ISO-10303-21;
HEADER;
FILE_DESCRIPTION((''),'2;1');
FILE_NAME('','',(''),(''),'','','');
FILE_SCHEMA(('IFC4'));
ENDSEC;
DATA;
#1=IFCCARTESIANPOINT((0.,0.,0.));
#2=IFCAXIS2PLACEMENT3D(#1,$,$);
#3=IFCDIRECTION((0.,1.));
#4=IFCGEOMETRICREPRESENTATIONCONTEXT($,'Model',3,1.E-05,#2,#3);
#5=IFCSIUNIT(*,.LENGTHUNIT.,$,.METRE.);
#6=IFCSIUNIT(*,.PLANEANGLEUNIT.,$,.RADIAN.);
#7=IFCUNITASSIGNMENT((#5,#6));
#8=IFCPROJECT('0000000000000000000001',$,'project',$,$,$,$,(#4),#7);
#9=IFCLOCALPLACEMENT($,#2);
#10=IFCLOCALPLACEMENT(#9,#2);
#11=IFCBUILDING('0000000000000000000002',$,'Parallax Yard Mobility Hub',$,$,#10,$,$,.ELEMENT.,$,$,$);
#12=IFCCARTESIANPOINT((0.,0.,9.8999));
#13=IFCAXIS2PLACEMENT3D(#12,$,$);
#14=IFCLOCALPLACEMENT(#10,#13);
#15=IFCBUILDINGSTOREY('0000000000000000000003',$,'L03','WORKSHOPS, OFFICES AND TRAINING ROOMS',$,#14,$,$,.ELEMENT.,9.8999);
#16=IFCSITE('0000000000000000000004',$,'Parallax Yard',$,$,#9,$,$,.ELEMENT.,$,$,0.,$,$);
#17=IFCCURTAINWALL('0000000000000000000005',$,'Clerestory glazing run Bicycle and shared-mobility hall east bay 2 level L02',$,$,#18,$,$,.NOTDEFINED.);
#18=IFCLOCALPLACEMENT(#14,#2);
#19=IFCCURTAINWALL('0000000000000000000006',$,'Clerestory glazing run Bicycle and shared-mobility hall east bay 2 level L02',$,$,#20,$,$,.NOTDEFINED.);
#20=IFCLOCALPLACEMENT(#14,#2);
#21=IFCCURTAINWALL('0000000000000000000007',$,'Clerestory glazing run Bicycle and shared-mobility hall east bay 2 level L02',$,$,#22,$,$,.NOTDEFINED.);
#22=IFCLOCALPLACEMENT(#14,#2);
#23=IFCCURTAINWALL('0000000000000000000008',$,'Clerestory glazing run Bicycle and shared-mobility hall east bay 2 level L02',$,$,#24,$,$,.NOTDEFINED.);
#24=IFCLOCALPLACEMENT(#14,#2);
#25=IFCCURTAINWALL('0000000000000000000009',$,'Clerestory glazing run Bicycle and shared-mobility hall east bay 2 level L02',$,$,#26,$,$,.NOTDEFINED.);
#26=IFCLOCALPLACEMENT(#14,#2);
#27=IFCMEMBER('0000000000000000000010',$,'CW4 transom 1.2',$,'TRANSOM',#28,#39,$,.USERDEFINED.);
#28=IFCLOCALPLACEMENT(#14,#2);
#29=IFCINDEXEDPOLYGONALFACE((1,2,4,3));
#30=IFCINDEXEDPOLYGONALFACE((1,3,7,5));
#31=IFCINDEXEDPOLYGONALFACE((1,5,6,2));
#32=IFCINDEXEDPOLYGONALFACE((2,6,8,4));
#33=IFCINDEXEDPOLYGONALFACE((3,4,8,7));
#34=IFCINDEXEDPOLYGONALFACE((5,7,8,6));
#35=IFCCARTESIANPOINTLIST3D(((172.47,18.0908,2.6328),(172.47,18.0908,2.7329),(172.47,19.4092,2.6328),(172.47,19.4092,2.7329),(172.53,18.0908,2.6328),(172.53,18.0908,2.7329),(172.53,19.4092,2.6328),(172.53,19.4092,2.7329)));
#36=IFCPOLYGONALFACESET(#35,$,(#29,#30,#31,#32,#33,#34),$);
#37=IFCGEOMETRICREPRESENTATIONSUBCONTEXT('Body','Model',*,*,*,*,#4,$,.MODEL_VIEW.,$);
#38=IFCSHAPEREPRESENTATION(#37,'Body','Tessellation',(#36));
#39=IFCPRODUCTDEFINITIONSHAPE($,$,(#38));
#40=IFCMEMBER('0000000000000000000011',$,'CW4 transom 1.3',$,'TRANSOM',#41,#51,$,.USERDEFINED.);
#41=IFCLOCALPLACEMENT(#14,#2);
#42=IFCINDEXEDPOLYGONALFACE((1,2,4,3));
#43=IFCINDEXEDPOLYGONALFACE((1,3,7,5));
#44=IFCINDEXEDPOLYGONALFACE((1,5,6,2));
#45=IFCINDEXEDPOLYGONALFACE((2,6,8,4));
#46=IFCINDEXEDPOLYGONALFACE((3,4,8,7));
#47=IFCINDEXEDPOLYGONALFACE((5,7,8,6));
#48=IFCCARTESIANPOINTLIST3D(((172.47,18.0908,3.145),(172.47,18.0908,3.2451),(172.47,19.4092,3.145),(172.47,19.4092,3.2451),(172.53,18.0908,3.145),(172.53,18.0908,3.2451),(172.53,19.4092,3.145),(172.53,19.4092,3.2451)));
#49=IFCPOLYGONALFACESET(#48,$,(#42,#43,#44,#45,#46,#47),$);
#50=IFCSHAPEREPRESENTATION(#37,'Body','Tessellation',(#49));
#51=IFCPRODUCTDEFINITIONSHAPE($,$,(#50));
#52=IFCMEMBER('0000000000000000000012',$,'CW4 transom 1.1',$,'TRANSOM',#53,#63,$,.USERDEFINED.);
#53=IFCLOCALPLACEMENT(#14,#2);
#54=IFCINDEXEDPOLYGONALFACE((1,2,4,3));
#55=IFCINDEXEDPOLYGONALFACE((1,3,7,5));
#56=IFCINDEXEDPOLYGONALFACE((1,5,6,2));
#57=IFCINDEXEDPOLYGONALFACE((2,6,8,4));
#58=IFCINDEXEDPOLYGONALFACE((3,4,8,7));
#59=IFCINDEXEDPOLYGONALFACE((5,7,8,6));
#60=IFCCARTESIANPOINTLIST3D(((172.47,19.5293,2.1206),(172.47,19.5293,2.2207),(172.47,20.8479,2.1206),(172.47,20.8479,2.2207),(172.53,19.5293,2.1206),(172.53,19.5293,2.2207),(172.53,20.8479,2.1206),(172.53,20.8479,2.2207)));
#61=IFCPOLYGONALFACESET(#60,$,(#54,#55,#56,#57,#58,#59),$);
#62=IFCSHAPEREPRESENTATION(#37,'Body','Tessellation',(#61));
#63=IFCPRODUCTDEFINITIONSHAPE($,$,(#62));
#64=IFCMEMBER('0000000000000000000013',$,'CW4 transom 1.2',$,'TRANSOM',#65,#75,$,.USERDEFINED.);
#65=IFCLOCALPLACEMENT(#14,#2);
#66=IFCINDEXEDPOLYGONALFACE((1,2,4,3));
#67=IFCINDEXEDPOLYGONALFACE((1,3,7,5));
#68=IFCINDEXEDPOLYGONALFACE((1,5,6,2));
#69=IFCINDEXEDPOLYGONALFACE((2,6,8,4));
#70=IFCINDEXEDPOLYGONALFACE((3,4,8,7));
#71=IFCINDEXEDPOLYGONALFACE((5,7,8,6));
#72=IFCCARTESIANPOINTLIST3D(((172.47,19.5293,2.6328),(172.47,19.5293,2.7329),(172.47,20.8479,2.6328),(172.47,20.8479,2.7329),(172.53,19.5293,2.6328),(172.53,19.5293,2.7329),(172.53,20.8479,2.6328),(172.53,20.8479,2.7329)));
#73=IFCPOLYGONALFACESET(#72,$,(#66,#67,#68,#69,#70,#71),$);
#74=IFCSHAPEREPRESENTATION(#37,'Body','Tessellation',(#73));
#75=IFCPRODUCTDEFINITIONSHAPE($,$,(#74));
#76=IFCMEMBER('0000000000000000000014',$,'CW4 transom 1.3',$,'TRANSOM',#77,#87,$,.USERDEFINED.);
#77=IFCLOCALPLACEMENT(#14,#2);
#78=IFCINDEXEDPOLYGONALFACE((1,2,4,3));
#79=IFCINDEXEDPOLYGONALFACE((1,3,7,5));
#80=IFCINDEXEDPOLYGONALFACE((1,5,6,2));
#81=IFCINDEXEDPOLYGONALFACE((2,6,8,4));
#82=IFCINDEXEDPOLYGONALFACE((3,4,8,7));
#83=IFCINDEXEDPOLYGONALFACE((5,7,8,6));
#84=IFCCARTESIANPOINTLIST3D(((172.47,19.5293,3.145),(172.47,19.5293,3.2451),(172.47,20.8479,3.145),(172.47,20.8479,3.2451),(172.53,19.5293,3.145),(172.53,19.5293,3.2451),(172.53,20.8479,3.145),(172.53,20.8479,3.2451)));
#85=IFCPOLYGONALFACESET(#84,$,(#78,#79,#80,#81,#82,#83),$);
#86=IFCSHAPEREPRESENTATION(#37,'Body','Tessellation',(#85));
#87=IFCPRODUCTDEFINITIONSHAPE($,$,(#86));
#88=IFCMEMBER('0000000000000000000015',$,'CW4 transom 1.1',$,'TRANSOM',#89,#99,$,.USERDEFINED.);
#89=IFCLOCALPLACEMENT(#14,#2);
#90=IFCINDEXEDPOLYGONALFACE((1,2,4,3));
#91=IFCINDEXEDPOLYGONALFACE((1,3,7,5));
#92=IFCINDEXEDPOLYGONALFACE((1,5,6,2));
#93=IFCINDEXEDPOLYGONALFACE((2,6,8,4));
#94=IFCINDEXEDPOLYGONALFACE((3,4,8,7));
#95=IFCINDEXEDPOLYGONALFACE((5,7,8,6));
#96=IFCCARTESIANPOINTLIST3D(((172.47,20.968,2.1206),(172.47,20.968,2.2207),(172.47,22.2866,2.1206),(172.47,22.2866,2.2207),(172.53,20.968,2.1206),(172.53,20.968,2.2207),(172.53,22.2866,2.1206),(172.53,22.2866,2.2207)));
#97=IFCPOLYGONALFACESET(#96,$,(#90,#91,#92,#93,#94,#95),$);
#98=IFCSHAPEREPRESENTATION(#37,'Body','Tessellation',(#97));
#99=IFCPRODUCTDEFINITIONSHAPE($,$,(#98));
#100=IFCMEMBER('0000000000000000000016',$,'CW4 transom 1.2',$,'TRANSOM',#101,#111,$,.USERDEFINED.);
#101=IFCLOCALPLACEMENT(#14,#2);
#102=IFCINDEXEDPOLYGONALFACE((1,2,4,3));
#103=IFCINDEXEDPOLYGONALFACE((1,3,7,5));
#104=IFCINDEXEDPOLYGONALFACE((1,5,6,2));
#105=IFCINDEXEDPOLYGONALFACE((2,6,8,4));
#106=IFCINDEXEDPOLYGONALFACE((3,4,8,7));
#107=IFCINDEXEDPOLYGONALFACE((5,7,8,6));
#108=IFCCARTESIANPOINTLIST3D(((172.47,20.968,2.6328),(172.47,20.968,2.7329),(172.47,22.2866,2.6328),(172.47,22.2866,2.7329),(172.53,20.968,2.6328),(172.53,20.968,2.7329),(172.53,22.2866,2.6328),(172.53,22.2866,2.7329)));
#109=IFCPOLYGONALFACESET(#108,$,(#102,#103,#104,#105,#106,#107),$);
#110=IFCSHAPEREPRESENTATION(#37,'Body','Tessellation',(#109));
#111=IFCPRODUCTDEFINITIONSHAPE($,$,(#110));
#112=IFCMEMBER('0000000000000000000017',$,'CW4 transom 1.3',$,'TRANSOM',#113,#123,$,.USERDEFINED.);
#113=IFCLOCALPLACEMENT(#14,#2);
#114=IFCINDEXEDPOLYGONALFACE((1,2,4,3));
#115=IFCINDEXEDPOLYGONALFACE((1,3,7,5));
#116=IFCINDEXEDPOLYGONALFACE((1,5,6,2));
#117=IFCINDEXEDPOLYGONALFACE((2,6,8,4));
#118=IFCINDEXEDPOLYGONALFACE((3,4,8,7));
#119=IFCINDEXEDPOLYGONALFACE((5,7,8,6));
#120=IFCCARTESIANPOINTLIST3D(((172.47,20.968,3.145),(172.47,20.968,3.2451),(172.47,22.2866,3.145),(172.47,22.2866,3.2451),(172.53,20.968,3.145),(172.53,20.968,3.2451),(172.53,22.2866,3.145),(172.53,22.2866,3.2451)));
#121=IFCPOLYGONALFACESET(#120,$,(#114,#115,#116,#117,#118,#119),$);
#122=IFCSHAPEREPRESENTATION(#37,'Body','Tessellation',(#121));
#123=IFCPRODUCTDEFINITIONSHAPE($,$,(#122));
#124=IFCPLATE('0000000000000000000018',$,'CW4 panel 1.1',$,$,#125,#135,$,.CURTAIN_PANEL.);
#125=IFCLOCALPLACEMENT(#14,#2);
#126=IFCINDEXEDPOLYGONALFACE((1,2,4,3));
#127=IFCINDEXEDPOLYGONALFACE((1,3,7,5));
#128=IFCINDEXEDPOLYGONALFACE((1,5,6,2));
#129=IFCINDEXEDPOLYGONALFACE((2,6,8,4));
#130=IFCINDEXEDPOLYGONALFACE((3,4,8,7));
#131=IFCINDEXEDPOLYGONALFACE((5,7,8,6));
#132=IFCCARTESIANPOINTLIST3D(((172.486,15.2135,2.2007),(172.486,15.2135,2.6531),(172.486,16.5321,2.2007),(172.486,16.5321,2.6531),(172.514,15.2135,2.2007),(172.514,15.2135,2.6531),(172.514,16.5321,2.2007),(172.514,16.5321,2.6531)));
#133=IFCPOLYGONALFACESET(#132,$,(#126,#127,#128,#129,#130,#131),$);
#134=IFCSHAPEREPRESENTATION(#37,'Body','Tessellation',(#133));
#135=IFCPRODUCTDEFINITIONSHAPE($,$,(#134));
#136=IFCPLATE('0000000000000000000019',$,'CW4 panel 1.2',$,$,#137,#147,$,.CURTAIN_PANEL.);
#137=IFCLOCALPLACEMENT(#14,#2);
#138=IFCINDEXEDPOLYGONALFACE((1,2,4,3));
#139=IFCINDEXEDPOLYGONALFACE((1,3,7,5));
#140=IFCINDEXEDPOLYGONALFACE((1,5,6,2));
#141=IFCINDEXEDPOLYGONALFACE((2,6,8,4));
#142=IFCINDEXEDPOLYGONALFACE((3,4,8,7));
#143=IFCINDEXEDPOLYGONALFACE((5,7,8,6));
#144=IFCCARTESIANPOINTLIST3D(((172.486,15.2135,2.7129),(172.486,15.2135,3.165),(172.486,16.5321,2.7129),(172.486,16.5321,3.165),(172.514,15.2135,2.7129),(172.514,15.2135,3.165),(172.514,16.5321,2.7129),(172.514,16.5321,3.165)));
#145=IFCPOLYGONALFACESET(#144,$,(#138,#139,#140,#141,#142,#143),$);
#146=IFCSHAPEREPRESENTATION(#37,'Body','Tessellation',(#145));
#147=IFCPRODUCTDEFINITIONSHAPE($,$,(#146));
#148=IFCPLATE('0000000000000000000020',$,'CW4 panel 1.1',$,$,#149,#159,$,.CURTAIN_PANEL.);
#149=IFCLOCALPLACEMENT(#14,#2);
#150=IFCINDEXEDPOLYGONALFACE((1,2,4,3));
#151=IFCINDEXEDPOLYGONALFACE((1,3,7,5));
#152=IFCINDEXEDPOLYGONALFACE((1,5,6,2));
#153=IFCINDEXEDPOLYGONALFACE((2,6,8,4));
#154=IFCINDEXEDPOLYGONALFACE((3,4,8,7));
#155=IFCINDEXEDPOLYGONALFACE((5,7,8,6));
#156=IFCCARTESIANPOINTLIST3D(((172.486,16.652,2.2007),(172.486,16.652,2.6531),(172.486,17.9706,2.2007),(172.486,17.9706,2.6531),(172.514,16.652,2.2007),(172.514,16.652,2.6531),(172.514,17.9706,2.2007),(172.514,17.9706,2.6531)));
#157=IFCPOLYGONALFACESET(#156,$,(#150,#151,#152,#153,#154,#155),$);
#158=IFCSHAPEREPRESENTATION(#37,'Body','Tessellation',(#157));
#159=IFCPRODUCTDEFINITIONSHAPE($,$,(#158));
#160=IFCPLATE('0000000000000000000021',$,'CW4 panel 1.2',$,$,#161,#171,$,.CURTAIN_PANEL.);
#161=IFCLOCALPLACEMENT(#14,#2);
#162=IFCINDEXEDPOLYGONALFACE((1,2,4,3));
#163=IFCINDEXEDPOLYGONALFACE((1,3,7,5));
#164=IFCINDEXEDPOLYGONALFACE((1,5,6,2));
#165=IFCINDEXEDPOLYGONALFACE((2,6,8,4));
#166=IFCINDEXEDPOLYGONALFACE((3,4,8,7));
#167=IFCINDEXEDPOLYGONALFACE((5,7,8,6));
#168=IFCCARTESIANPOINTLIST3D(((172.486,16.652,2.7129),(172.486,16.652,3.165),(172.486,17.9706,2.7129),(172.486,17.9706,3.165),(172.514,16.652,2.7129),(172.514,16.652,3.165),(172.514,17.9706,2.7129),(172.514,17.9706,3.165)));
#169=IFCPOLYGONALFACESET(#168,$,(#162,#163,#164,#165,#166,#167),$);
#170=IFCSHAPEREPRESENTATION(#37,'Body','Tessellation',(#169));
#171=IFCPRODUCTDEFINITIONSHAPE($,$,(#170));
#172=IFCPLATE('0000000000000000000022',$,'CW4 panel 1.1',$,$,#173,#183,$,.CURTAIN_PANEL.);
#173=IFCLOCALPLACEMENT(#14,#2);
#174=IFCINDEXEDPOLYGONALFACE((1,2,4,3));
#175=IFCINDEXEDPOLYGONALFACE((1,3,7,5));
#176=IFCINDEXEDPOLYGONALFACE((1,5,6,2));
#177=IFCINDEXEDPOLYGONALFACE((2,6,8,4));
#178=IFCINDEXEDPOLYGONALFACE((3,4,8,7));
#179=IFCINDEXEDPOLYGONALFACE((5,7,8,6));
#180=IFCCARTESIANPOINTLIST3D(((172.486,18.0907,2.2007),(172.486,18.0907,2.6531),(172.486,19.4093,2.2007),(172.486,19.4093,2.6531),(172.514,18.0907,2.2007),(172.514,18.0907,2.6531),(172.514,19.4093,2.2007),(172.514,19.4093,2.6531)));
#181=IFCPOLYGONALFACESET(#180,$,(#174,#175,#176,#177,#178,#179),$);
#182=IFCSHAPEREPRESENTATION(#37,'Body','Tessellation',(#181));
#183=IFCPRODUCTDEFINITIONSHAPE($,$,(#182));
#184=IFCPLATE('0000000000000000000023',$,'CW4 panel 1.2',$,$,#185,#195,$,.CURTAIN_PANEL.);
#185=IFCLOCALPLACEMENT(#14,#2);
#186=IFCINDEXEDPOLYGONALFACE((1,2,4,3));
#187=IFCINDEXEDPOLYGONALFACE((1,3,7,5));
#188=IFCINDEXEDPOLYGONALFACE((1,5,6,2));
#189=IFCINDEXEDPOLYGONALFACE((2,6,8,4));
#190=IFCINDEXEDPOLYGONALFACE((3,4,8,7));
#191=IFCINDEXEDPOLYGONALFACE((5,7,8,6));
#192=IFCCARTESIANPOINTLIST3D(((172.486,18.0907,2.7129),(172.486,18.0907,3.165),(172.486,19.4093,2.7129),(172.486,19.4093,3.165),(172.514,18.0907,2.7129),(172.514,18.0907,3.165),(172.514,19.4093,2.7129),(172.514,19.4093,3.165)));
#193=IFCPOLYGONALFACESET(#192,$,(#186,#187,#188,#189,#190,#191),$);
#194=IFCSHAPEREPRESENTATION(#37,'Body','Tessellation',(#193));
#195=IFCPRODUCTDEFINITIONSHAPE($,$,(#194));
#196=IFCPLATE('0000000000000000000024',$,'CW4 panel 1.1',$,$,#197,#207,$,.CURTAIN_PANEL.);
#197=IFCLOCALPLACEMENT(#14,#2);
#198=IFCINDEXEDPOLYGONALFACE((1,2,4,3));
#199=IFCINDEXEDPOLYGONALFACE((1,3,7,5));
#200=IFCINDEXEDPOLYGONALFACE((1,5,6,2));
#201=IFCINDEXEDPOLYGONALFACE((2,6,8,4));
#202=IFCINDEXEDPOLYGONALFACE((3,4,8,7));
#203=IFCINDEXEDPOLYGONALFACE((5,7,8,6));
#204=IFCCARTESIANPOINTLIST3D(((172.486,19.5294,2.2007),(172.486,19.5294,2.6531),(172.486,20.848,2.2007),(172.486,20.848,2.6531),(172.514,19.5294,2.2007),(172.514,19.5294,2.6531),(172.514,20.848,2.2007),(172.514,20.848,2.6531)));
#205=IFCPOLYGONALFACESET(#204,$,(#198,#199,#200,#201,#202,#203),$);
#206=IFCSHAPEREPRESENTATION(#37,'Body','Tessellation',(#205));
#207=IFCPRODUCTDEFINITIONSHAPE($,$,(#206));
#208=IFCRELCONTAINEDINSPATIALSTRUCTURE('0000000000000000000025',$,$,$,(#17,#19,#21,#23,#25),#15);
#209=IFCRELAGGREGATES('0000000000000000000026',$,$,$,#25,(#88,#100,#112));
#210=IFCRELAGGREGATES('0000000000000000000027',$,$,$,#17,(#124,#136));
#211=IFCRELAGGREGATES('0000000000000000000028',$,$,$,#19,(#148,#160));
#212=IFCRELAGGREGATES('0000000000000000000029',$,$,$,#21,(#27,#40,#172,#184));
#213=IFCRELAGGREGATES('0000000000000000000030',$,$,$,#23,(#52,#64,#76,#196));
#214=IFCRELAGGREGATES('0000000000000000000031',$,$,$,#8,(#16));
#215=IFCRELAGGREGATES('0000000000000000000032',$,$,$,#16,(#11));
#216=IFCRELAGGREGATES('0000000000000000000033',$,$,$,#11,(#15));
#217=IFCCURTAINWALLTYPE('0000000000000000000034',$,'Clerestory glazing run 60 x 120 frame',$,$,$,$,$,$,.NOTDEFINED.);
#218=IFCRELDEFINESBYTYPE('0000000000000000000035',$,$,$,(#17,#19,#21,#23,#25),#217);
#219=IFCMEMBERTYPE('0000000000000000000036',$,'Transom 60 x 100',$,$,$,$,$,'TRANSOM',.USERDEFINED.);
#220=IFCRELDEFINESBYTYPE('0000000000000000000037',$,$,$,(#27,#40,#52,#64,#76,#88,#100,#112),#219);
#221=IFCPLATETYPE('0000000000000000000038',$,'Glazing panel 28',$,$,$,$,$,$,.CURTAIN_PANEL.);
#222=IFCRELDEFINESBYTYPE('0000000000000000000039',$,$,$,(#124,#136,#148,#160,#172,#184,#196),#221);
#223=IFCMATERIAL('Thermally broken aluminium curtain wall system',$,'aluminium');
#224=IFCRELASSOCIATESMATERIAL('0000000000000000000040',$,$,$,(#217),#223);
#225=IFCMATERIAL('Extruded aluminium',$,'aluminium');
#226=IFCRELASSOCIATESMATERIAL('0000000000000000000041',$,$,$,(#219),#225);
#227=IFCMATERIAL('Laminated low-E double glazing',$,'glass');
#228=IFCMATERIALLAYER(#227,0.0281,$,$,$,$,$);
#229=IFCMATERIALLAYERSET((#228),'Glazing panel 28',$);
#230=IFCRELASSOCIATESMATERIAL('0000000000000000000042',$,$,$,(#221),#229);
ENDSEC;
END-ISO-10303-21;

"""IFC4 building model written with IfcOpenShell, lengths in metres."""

from ifc_helpers import new_model, si_unit, direction, frame, origin, origin_2d, place, context, subcontext, project, spatial, rectangle, extrude, material, layer, layer_set, material_profile, profile_set, type_object, element, aggregate, save


model = new_model("IFC4")

# Units and contexts
model_context = context("Model", 3, precision=1e-05, world=origin(), true_north=direction((0.0, 1.0)))
body_context = subcontext(model_context, "Body", "Model", "MODEL_VIEW")
ifc_project = project(units=[si_unit("LENGTHUNIT", "METRE"), si_unit("PLANEANGLEUNIT", "RADIAN")], contexts=[model_context])

# Site, building, storey
site_placement = place(None, origin())
site = spatial("IfcSite", under=ifc_project, at=site_placement, Name="Parallax Yard", CompositionType="ELEMENT", RefElevation=0.0)
building_placement = place(site_placement, origin())
building = spatial("IfcBuilding", under=site, at=building_placement, Name="Parallax Yard Mobility Hub", CompositionType="ELEMENT")
storey_placement = place(building_placement, frame((0.0, 0.0, 9.8999)))
storey = spatial("IfcBuildingStorey", under=building, at=storey_placement, Name="L03", Description="WORKSHOPS, OFFICES AND TRAINING ROOMS", CompositionType="ELEMENT", Elevation=9.8999)

# Curtain wall
ifc_material_1 = material(Name="Thermally broken aluminium curtain wall system", Category="aluminium")
curtain_wall_type = type_object("IfcCurtainWallType", Name="Clerestory glazing run 60 x 120 frame", PredefinedType="NOTDEFINED", material=ifc_material_1)
curtain_wall_1_placement = place(storey_placement, origin())
curtain_wall_1 = element("IfcCurtainWall", 1, at=curtain_wall_1_placement, inside=storey, type_object=curtain_wall_type, Name="Clerestory glazing run Bicycle and shared-mobility hall east bay 2 level L02", PredefinedType="NOTDEFINED")
ifc_material_2 = material(Name="Extruded aluminium", Category="aluminium")

# Curtain walls
curtain_wall_2_placement = place(storey_placement, origin())
curtain_wall_2 = element("IfcCurtainWall", 2, at=curtain_wall_2_placement, inside=storey, type_object=curtain_wall_type, Name="Clerestory glazing run Bicycle and shared-mobility hall east bay 2 level L02", PredefinedType="NOTDEFINED")
curtain_wall_3_placement = place(storey_placement, origin())
curtain_wall_3 = element("IfcCurtainWall", 3, at=curtain_wall_3_placement, inside=storey, type_object=curtain_wall_type, Name="Clerestory glazing run Bicycle and shared-mobility hall east bay 2 level L02", PredefinedType="NOTDEFINED")
curtain_wall_4_placement = place(storey_placement, origin())
curtain_wall_4 = element("IfcCurtainWall", 4, at=curtain_wall_4_placement, inside=storey, type_object=curtain_wall_type, Name="Clerestory glazing run Bicycle and shared-mobility hall east bay 2 level L02", PredefinedType="NOTDEFINED")

# Curtain wall
curtain_wall_5_placement = place(storey_placement, origin())
curtain_wall_5 = element("IfcCurtainWall", 5, at=curtain_wall_5_placement, inside=storey, type_object=curtain_wall_type, Name="Clerestory glazing run Bicycle and shared-mobility hall east bay 2 level L02", PredefinedType="NOTDEFINED")

# Members
ifc_material_profile_1 = material_profile(ifc_material_2, rectangle(XDim=0.0601, YDim=0.1001, at=origin_2d()), Name="Transom 60 x 100")
ifc_profile_set_1 = profile_set([ifc_material_profile_1], Name="Extruded aluminium")
member_type_1 = type_object("IfcMemberType", Name="Transom 60 x 100", ElementType="TRANSOM", PredefinedType="USERDEFINED", material=ifc_profile_set_1)
member_1_placement = place(storey_placement, frame((172.5, 18.0908, 2.6829), z_axis=(0.0, 1.0, 0.0), x_axis=(-1.0, 0.0, 0.0)))
member_1 = element("IfcMember", 6, at=member_1_placement, type_object=member_type_1, Name="CW4 transom 1.2", ObjectType="TRANSOM", PredefinedType="USERDEFINED", context=body_context, shape_type="SweptSolid", body=[
    extrude(rectangle(XDim=0.0601, YDim=0.1001, at=origin_2d()), origin(), (0.0, 0.0, 1.0), 1.3184),
])
member_2_placement = place(storey_placement, frame((172.5, 18.0908, 3.1951), z_axis=(0.0, 1.0, 0.0), x_axis=(-1.0, 0.0, 0.0)))
member_2 = element("IfcMember", 7, at=member_2_placement, type_object=member_type_1, Name="CW4 transom 1.3", ObjectType="TRANSOM", PredefinedType="USERDEFINED", context=body_context, shape_type="SweptSolid", body=[
    extrude(rectangle(XDim=0.0601, YDim=0.1001, at=origin_2d()), origin(), (0.0, 0.0, 1.0), 1.3184),
])
member_3_placement = place(storey_placement, frame((172.5, 19.5293, 2.1707), z_axis=(0.0, 1.0, 0.0), x_axis=(-1.0, 0.0, 0.0)))
member_3 = element("IfcMember", 8, at=member_3_placement, type_object=member_type_1, Name="CW4 transom 1.1", ObjectType="TRANSOM", PredefinedType="USERDEFINED", context=body_context, shape_type="SweptSolid", body=[
    extrude(rectangle(XDim=0.0601, YDim=0.1001, at=origin_2d()), origin(), (0.0, 0.0, 1.0), 1.3186),
])
member_4_placement = place(storey_placement, frame((172.5, 19.5293, 2.6829), z_axis=(0.0, 1.0, 0.0), x_axis=(-1.0, 0.0, 0.0)))
member_4 = element("IfcMember", 9, at=member_4_placement, type_object=member_type_1, Name="CW4 transom 1.2", ObjectType="TRANSOM", PredefinedType="USERDEFINED", context=body_context, shape_type="SweptSolid", body=[
    extrude(rectangle(XDim=0.0601, YDim=0.1001, at=origin_2d()), origin(), (0.0, 0.0, 1.0), 1.3186),
])
member_5_placement = place(storey_placement, frame((172.5, 19.5293, 3.1951), z_axis=(0.0, 1.0, 0.0), x_axis=(-1.0, 0.0, 0.0)))
member_5 = element("IfcMember", 10, at=member_5_placement, type_object=member_type_1, Name="CW4 transom 1.3", ObjectType="TRANSOM", PredefinedType="USERDEFINED", context=body_context, shape_type="SweptSolid", body=[
    extrude(rectangle(XDim=0.0601, YDim=0.1001, at=origin_2d()), origin(), (0.0, 0.0, 1.0), 1.3186),
])
member_6_placement = place(storey_placement, frame((172.5, 20.968, 2.1707), z_axis=(0.0, 1.0, 0.0), x_axis=(-1.0, 0.0, 0.0)))
member_6 = element("IfcMember", 11, at=member_6_placement, type_object=member_type_1, Name="CW4 transom 1.1", ObjectType="TRANSOM", PredefinedType="USERDEFINED", context=body_context, shape_type="SweptSolid", body=[
    extrude(rectangle(XDim=0.0601, YDim=0.1001, at=origin_2d()), origin(), (0.0, 0.0, 1.0), 1.3186),
])
member_7_placement = place(storey_placement, frame((172.5, 20.968, 2.6829), z_axis=(0.0, 1.0, 0.0), x_axis=(-1.0, 0.0, 0.0)))
member_7 = element("IfcMember", 12, at=member_7_placement, type_object=member_type_1, Name="CW4 transom 1.2", ObjectType="TRANSOM", PredefinedType="USERDEFINED", context=body_context, shape_type="SweptSolid", body=[
    extrude(rectangle(XDim=0.0601, YDim=0.1001, at=origin_2d()), origin(), (0.0, 0.0, 1.0), 1.3186),
])
member_8_placement = place(storey_placement, frame((172.5, 20.968, 3.1951), z_axis=(0.0, 1.0, 0.0), x_axis=(-1.0, 0.0, 0.0)))
member_8 = element("IfcMember", 13, at=member_8_placement, type_object=member_type_1, Name="CW4 transom 1.3", ObjectType="TRANSOM", PredefinedType="USERDEFINED", context=body_context, shape_type="SweptSolid", body=[
    extrude(rectangle(XDim=0.0601, YDim=0.1001, at=origin_2d()), origin(), (0.0, 0.0, 1.0), 1.3186),
])
aggregate(curtain_wall_5, [member_6, member_7, member_8])

# Plates
ifc_material_3 = material(Name="Laminated low-E double glazing", Category="glass")
ifc_layer = layer(ifc_material_3, 0.0281)
ifc_layer_set = layer_set([ifc_layer], Name="Glazing panel 28")
plate_type = type_object("IfcPlateType", Name="Glazing panel 28", PredefinedType="CURTAIN_PANEL", material=ifc_layer_set)
plate_1_placement = place(storey_placement, frame((172.5, 15.8728, 2.2007), z_axis=(0.0, 0.0, 1.0), x_axis=(0.0, 1.0, 0.0)))
plate_1 = element("IfcPlate", 14, at=plate_1_placement, type_object=plate_type, Name="CW4 panel 1.1", PredefinedType="CURTAIN_PANEL", context=body_context, shape_type="SweptSolid", body=[
    extrude(rectangle(XDim=1.3186, YDim=0.0281, at=origin_2d()), origin(), (0.0, 0.0, 1.0), 0.4524),
])
plate_2_placement = place(storey_placement, frame((172.5, 15.8728, 2.7129), z_axis=(0.0, 0.0, 1.0), x_axis=(0.0, 1.0, 0.0)))
plate_2 = element("IfcPlate", 15, at=plate_2_placement, type_object=plate_type, Name="CW4 panel 1.2", PredefinedType="CURTAIN_PANEL", context=body_context, shape_type="SweptSolid", body=[
    extrude(rectangle(XDim=1.3186, YDim=0.0281, at=origin_2d()), origin(), (0.0, 0.0, 1.0), 0.4521),
])
aggregate(curtain_wall_1, [plate_1, plate_2])
plate_3_placement = place(storey_placement, frame((172.5, 17.3113, 2.2007), z_axis=(0.0, 0.0, 1.0), x_axis=(0.0, 1.0, 0.0)))
plate_3 = element("IfcPlate", 16, at=plate_3_placement, type_object=plate_type, Name="CW4 panel 1.1", PredefinedType="CURTAIN_PANEL", context=body_context, shape_type="SweptSolid", body=[
    extrude(rectangle(XDim=1.3186, YDim=0.0281, at=origin_2d()), origin(), (0.0, 0.0, 1.0), 0.4524),
])
plate_4_placement = place(storey_placement, frame((172.5, 17.3113, 2.7129), z_axis=(0.0, 0.0, 1.0), x_axis=(0.0, 1.0, 0.0)))
plate_4 = element("IfcPlate", 17, at=plate_4_placement, type_object=plate_type, Name="CW4 panel 1.2", PredefinedType="CURTAIN_PANEL", context=body_context, shape_type="SweptSolid", body=[
    extrude(rectangle(XDim=1.3186, YDim=0.0281, at=origin_2d()), origin(), (0.0, 0.0, 1.0), 0.4521),
])
aggregate(curtain_wall_2, [plate_3, plate_4])
plate_5_placement = place(storey_placement, frame((172.5, 18.75, 2.2007), z_axis=(0.0, 0.0, 1.0), x_axis=(0.0, 1.0, 0.0)))
plate_5 = element("IfcPlate", 18, at=plate_5_placement, type_object=plate_type, Name="CW4 panel 1.1", PredefinedType="CURTAIN_PANEL", context=body_context, shape_type="SweptSolid", body=[
    extrude(rectangle(XDim=1.3186, YDim=0.0281, at=origin_2d()), origin(), (0.0, 0.0, 1.0), 0.4524),
])
plate_6_placement = place(storey_placement, frame((172.5, 18.75, 2.7129), z_axis=(0.0, 0.0, 1.0), x_axis=(0.0, 1.0, 0.0)))
plate_6 = element("IfcPlate", 19, at=plate_6_placement, type_object=plate_type, Name="CW4 panel 1.2", PredefinedType="CURTAIN_PANEL", context=body_context, shape_type="SweptSolid", body=[
    extrude(rectangle(XDim=1.3186, YDim=0.0281, at=origin_2d()), origin(), (0.0, 0.0, 1.0), 0.4521),
])
aggregate(curtain_wall_3, [member_1, member_2, plate_5, plate_6])
plate_7_placement = place(storey_placement, frame((172.5, 20.1887, 2.2007), z_axis=(0.0, 0.0, 1.0), x_axis=(0.0, 1.0, 0.0)))
plate_7 = element("IfcPlate", 20, at=plate_7_placement, type_object=plate_type, Name="CW4 panel 1.1", PredefinedType="CURTAIN_PANEL", context=body_context, shape_type="SweptSolid", body=[
    extrude(rectangle(XDim=1.3186, YDim=0.0281, at=origin_2d()), origin(), (0.0, 0.0, 1.0), 0.4524),
])
aggregate(curtain_wall_4, [member_3, member_4, member_5, plate_7])

save(model, "model.ifc")
